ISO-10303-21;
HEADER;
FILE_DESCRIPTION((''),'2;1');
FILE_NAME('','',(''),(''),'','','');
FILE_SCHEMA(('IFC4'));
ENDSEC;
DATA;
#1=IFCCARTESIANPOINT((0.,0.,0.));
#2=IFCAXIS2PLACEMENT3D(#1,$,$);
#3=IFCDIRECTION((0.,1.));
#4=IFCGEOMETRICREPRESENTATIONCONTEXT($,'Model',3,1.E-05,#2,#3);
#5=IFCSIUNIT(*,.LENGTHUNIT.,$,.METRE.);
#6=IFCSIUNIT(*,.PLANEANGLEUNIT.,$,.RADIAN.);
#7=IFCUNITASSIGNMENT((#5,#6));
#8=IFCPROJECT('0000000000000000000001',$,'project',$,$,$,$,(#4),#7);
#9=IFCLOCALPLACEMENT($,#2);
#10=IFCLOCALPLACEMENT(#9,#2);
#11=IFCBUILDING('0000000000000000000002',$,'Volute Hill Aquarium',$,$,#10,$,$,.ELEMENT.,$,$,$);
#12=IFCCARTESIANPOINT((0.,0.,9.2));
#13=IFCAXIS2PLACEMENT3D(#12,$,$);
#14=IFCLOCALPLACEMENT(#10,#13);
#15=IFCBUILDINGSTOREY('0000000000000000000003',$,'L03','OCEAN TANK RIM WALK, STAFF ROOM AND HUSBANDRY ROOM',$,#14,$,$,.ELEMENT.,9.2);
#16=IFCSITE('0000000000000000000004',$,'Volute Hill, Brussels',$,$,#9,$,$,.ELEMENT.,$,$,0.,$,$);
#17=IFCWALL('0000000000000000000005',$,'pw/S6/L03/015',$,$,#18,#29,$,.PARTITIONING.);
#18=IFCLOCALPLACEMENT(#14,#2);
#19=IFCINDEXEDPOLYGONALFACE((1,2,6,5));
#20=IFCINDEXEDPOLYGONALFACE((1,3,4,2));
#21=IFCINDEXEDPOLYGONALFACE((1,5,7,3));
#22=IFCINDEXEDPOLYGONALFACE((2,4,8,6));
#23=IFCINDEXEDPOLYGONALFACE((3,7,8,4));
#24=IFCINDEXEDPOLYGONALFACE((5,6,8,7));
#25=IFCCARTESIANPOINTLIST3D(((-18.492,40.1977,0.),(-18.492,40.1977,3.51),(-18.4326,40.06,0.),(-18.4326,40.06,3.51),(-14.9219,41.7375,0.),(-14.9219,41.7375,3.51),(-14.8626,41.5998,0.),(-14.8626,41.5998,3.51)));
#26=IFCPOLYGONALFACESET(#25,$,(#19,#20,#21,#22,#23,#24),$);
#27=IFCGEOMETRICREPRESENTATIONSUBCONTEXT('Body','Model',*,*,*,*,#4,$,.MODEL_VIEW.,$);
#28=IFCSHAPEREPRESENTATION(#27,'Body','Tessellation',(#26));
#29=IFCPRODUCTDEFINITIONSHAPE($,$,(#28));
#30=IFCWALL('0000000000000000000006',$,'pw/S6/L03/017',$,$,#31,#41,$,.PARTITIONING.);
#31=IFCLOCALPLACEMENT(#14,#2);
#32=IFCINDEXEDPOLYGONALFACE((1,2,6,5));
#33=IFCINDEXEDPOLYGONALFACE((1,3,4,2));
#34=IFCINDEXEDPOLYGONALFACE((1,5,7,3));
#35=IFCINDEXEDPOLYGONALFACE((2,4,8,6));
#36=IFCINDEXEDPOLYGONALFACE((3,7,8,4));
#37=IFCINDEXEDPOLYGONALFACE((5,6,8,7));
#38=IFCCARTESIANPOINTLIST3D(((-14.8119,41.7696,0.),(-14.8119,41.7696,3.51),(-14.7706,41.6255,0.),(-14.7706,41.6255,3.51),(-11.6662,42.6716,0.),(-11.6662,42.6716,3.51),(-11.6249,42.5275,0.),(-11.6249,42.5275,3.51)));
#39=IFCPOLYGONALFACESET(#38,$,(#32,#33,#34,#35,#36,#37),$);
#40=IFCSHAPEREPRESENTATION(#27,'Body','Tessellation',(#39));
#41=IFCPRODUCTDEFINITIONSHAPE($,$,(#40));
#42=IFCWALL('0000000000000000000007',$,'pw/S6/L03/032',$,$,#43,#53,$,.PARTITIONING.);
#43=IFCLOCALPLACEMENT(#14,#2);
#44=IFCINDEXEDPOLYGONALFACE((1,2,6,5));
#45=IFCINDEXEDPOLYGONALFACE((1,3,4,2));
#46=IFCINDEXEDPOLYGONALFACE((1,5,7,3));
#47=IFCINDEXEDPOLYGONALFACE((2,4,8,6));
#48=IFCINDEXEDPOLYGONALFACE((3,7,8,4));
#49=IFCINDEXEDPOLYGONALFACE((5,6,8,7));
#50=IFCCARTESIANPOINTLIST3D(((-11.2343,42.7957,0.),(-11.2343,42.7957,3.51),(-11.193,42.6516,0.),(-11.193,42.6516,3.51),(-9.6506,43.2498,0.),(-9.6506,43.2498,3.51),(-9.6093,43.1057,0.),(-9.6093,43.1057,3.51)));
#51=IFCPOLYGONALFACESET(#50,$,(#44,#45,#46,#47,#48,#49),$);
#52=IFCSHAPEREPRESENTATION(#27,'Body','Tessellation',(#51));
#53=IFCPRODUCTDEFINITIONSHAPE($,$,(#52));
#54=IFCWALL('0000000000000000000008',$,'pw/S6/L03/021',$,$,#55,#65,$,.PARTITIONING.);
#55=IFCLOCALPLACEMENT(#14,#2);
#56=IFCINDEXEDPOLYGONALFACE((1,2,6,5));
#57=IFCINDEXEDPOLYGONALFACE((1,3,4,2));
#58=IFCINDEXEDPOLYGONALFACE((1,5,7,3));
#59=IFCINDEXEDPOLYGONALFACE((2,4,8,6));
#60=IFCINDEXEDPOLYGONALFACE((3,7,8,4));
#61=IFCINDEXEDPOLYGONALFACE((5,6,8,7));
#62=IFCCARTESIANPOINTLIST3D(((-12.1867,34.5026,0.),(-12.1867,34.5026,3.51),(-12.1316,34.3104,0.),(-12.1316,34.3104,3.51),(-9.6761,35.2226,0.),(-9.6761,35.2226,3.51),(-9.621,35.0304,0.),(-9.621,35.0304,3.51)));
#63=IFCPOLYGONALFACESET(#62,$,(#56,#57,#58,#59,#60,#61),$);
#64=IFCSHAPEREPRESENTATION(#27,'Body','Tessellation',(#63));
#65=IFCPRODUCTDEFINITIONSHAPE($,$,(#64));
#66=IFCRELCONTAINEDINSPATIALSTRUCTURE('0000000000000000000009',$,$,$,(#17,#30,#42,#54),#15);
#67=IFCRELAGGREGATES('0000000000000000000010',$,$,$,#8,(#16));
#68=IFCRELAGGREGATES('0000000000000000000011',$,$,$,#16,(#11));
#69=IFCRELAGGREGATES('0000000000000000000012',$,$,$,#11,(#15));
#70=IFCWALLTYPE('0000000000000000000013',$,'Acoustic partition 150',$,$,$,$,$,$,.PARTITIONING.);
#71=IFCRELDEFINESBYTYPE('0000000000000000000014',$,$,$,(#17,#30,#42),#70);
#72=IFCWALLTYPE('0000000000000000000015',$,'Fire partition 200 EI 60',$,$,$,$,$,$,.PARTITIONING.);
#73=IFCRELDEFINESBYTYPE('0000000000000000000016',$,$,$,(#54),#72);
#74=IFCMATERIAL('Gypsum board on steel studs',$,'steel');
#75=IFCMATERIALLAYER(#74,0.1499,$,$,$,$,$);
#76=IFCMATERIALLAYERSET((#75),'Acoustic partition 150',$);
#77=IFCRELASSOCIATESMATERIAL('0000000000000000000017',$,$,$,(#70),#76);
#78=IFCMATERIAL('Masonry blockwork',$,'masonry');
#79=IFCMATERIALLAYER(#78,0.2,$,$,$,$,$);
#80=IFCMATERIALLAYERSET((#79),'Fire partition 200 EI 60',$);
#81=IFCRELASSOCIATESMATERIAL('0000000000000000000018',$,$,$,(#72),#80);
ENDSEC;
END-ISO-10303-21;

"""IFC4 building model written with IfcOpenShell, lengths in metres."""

from ifc_helpers import new_model, si_unit, direction, frame, frame_2d, origin, place, context, subcontext, project, spatial, rectangle, extrude, material, layer, layer_set, type_object, element, save


model = new_model("IFC4")

# Units and contexts
model_context = context("Model", 3, precision=1e-05, world=origin(), true_north=direction((0.0, 1.0)))
body_context = subcontext(model_context, "Body", "Model", "MODEL_VIEW")
ifc_project = project(units=[si_unit("LENGTHUNIT", "METRE"), si_unit("PLANEANGLEUNIT", "RADIAN")], contexts=[model_context])

# Site, building, storey
site_placement = place(None, origin())
site = spatial("IfcSite", under=ifc_project, at=site_placement, Name="Volute Hill, Brussels", CompositionType="ELEMENT", RefElevation=0.0)
building_placement = place(site_placement, origin())
building = spatial("IfcBuilding", under=site, at=building_placement, Name="Volute Hill Aquarium", CompositionType="ELEMENT")
storey_placement = place(building_placement, frame((0.0, 0.0, 9.2)))
storey = spatial("IfcBuildingStorey", under=building, at=storey_placement, Name="L03", Description="OCEAN TANK RIM WALK, STAFF ROOM AND HUSBANDRY ROOM", CompositionType="ELEMENT", Elevation=9.2)

# Walls
ifc_material_1 = material(Name="Gypsum board on steel studs", Category="steel")
ifc_layer_1 = layer(ifc_material_1, 0.1499)
ifc_layer_set_1 = layer_set([ifc_layer_1], Name="Acoustic partition 150")
wall_type_1 = type_object("IfcWallType", Name="Acoustic partition 150", PredefinedType="PARTITIONING", material=ifc_layer_set_1)
wall_1_placement = place(storey_placement, frame((-18.4622, 40.1289, 0.0), z_axis=(0.0, 0.0, 1.0), x_axis=(0.918233, 0.39604, 0.0)))
element("IfcWall", 1, at=wall_1_placement, inside=storey, type_object=wall_type_1, Name="pw/S6/L03/015", PredefinedType="PARTITIONING", context=body_context, shape_type="SweptSolid", body=[
    extrude(rectangle(XDim=3.8879, YDim=0.1499, at=frame_2d((1.9438, 0.0))), origin(), (0.0, 0.0, 1.0), 3.51),
])
wall_2_placement = place(storey_placement, frame((-14.7913, 41.6975, 0.0), z_axis=(0.0, 0.0, 1.0), x_axis=(0.961256, 0.275657, 0.0)))
element("IfcWall", 2, at=wall_2_placement, inside=storey, type_object=wall_type_1, Name="pw/S6/L03/017", PredefinedType="PARTITIONING", context=body_context, shape_type="SweptSolid", body=[
    extrude(rectangle(XDim=3.2725, YDim=0.1499, at=frame_2d((1.6362, 0.0))), origin(), (0.0, 0.0, 1.0), 3.51),
])
wall_3_placement = place(storey_placement, frame((-11.2136, 42.7236, 0.0), z_axis=(0.0, 0.0, 1.0), x_axis=(0.961266, 0.275621, 0.0)))
element("IfcWall", 3, at=wall_3_placement, inside=storey, type_object=wall_type_1, Name="pw/S6/L03/032", PredefinedType="PARTITIONING", context=body_context, shape_type="SweptSolid", body=[
    extrude(rectangle(XDim=1.6475, YDim=0.1499, at=frame_2d((0.8237, 0.0))), origin(), (0.0, 0.0, 1.0), 3.51),
])
ifc_material_2 = material(Name="Masonry blockwork", Category="masonry")
ifc_layer_2 = layer(ifc_material_2, 0.2)
ifc_layer_set_2 = layer_set([ifc_layer_2], Name="Fire partition 200 EI 60")
wall_type_2 = type_object("IfcWallType", Name="Fire partition 200 EI 60", PredefinedType="PARTITIONING", material=ifc_layer_set_2)
wall_4_placement = place(storey_placement, frame((-12.1592, 34.4065, 0.0), z_axis=(0.0, 0.0, 1.0), x_axis=(0.961252, 0.275672, 0.0)))
element("IfcWall", 4, at=wall_4_placement, inside=storey, type_object=wall_type_2, Name="pw/S6/L03/021", PredefinedType="PARTITIONING", context=body_context, shape_type="SweptSolid", body=[
    extrude(rectangle(XDim=2.6118, YDim=0.2, at=frame_2d((1.3059, 0.0))), origin(), (0.0, 0.0, 1.0), 3.51),
])

save(model, "model.ifc")
